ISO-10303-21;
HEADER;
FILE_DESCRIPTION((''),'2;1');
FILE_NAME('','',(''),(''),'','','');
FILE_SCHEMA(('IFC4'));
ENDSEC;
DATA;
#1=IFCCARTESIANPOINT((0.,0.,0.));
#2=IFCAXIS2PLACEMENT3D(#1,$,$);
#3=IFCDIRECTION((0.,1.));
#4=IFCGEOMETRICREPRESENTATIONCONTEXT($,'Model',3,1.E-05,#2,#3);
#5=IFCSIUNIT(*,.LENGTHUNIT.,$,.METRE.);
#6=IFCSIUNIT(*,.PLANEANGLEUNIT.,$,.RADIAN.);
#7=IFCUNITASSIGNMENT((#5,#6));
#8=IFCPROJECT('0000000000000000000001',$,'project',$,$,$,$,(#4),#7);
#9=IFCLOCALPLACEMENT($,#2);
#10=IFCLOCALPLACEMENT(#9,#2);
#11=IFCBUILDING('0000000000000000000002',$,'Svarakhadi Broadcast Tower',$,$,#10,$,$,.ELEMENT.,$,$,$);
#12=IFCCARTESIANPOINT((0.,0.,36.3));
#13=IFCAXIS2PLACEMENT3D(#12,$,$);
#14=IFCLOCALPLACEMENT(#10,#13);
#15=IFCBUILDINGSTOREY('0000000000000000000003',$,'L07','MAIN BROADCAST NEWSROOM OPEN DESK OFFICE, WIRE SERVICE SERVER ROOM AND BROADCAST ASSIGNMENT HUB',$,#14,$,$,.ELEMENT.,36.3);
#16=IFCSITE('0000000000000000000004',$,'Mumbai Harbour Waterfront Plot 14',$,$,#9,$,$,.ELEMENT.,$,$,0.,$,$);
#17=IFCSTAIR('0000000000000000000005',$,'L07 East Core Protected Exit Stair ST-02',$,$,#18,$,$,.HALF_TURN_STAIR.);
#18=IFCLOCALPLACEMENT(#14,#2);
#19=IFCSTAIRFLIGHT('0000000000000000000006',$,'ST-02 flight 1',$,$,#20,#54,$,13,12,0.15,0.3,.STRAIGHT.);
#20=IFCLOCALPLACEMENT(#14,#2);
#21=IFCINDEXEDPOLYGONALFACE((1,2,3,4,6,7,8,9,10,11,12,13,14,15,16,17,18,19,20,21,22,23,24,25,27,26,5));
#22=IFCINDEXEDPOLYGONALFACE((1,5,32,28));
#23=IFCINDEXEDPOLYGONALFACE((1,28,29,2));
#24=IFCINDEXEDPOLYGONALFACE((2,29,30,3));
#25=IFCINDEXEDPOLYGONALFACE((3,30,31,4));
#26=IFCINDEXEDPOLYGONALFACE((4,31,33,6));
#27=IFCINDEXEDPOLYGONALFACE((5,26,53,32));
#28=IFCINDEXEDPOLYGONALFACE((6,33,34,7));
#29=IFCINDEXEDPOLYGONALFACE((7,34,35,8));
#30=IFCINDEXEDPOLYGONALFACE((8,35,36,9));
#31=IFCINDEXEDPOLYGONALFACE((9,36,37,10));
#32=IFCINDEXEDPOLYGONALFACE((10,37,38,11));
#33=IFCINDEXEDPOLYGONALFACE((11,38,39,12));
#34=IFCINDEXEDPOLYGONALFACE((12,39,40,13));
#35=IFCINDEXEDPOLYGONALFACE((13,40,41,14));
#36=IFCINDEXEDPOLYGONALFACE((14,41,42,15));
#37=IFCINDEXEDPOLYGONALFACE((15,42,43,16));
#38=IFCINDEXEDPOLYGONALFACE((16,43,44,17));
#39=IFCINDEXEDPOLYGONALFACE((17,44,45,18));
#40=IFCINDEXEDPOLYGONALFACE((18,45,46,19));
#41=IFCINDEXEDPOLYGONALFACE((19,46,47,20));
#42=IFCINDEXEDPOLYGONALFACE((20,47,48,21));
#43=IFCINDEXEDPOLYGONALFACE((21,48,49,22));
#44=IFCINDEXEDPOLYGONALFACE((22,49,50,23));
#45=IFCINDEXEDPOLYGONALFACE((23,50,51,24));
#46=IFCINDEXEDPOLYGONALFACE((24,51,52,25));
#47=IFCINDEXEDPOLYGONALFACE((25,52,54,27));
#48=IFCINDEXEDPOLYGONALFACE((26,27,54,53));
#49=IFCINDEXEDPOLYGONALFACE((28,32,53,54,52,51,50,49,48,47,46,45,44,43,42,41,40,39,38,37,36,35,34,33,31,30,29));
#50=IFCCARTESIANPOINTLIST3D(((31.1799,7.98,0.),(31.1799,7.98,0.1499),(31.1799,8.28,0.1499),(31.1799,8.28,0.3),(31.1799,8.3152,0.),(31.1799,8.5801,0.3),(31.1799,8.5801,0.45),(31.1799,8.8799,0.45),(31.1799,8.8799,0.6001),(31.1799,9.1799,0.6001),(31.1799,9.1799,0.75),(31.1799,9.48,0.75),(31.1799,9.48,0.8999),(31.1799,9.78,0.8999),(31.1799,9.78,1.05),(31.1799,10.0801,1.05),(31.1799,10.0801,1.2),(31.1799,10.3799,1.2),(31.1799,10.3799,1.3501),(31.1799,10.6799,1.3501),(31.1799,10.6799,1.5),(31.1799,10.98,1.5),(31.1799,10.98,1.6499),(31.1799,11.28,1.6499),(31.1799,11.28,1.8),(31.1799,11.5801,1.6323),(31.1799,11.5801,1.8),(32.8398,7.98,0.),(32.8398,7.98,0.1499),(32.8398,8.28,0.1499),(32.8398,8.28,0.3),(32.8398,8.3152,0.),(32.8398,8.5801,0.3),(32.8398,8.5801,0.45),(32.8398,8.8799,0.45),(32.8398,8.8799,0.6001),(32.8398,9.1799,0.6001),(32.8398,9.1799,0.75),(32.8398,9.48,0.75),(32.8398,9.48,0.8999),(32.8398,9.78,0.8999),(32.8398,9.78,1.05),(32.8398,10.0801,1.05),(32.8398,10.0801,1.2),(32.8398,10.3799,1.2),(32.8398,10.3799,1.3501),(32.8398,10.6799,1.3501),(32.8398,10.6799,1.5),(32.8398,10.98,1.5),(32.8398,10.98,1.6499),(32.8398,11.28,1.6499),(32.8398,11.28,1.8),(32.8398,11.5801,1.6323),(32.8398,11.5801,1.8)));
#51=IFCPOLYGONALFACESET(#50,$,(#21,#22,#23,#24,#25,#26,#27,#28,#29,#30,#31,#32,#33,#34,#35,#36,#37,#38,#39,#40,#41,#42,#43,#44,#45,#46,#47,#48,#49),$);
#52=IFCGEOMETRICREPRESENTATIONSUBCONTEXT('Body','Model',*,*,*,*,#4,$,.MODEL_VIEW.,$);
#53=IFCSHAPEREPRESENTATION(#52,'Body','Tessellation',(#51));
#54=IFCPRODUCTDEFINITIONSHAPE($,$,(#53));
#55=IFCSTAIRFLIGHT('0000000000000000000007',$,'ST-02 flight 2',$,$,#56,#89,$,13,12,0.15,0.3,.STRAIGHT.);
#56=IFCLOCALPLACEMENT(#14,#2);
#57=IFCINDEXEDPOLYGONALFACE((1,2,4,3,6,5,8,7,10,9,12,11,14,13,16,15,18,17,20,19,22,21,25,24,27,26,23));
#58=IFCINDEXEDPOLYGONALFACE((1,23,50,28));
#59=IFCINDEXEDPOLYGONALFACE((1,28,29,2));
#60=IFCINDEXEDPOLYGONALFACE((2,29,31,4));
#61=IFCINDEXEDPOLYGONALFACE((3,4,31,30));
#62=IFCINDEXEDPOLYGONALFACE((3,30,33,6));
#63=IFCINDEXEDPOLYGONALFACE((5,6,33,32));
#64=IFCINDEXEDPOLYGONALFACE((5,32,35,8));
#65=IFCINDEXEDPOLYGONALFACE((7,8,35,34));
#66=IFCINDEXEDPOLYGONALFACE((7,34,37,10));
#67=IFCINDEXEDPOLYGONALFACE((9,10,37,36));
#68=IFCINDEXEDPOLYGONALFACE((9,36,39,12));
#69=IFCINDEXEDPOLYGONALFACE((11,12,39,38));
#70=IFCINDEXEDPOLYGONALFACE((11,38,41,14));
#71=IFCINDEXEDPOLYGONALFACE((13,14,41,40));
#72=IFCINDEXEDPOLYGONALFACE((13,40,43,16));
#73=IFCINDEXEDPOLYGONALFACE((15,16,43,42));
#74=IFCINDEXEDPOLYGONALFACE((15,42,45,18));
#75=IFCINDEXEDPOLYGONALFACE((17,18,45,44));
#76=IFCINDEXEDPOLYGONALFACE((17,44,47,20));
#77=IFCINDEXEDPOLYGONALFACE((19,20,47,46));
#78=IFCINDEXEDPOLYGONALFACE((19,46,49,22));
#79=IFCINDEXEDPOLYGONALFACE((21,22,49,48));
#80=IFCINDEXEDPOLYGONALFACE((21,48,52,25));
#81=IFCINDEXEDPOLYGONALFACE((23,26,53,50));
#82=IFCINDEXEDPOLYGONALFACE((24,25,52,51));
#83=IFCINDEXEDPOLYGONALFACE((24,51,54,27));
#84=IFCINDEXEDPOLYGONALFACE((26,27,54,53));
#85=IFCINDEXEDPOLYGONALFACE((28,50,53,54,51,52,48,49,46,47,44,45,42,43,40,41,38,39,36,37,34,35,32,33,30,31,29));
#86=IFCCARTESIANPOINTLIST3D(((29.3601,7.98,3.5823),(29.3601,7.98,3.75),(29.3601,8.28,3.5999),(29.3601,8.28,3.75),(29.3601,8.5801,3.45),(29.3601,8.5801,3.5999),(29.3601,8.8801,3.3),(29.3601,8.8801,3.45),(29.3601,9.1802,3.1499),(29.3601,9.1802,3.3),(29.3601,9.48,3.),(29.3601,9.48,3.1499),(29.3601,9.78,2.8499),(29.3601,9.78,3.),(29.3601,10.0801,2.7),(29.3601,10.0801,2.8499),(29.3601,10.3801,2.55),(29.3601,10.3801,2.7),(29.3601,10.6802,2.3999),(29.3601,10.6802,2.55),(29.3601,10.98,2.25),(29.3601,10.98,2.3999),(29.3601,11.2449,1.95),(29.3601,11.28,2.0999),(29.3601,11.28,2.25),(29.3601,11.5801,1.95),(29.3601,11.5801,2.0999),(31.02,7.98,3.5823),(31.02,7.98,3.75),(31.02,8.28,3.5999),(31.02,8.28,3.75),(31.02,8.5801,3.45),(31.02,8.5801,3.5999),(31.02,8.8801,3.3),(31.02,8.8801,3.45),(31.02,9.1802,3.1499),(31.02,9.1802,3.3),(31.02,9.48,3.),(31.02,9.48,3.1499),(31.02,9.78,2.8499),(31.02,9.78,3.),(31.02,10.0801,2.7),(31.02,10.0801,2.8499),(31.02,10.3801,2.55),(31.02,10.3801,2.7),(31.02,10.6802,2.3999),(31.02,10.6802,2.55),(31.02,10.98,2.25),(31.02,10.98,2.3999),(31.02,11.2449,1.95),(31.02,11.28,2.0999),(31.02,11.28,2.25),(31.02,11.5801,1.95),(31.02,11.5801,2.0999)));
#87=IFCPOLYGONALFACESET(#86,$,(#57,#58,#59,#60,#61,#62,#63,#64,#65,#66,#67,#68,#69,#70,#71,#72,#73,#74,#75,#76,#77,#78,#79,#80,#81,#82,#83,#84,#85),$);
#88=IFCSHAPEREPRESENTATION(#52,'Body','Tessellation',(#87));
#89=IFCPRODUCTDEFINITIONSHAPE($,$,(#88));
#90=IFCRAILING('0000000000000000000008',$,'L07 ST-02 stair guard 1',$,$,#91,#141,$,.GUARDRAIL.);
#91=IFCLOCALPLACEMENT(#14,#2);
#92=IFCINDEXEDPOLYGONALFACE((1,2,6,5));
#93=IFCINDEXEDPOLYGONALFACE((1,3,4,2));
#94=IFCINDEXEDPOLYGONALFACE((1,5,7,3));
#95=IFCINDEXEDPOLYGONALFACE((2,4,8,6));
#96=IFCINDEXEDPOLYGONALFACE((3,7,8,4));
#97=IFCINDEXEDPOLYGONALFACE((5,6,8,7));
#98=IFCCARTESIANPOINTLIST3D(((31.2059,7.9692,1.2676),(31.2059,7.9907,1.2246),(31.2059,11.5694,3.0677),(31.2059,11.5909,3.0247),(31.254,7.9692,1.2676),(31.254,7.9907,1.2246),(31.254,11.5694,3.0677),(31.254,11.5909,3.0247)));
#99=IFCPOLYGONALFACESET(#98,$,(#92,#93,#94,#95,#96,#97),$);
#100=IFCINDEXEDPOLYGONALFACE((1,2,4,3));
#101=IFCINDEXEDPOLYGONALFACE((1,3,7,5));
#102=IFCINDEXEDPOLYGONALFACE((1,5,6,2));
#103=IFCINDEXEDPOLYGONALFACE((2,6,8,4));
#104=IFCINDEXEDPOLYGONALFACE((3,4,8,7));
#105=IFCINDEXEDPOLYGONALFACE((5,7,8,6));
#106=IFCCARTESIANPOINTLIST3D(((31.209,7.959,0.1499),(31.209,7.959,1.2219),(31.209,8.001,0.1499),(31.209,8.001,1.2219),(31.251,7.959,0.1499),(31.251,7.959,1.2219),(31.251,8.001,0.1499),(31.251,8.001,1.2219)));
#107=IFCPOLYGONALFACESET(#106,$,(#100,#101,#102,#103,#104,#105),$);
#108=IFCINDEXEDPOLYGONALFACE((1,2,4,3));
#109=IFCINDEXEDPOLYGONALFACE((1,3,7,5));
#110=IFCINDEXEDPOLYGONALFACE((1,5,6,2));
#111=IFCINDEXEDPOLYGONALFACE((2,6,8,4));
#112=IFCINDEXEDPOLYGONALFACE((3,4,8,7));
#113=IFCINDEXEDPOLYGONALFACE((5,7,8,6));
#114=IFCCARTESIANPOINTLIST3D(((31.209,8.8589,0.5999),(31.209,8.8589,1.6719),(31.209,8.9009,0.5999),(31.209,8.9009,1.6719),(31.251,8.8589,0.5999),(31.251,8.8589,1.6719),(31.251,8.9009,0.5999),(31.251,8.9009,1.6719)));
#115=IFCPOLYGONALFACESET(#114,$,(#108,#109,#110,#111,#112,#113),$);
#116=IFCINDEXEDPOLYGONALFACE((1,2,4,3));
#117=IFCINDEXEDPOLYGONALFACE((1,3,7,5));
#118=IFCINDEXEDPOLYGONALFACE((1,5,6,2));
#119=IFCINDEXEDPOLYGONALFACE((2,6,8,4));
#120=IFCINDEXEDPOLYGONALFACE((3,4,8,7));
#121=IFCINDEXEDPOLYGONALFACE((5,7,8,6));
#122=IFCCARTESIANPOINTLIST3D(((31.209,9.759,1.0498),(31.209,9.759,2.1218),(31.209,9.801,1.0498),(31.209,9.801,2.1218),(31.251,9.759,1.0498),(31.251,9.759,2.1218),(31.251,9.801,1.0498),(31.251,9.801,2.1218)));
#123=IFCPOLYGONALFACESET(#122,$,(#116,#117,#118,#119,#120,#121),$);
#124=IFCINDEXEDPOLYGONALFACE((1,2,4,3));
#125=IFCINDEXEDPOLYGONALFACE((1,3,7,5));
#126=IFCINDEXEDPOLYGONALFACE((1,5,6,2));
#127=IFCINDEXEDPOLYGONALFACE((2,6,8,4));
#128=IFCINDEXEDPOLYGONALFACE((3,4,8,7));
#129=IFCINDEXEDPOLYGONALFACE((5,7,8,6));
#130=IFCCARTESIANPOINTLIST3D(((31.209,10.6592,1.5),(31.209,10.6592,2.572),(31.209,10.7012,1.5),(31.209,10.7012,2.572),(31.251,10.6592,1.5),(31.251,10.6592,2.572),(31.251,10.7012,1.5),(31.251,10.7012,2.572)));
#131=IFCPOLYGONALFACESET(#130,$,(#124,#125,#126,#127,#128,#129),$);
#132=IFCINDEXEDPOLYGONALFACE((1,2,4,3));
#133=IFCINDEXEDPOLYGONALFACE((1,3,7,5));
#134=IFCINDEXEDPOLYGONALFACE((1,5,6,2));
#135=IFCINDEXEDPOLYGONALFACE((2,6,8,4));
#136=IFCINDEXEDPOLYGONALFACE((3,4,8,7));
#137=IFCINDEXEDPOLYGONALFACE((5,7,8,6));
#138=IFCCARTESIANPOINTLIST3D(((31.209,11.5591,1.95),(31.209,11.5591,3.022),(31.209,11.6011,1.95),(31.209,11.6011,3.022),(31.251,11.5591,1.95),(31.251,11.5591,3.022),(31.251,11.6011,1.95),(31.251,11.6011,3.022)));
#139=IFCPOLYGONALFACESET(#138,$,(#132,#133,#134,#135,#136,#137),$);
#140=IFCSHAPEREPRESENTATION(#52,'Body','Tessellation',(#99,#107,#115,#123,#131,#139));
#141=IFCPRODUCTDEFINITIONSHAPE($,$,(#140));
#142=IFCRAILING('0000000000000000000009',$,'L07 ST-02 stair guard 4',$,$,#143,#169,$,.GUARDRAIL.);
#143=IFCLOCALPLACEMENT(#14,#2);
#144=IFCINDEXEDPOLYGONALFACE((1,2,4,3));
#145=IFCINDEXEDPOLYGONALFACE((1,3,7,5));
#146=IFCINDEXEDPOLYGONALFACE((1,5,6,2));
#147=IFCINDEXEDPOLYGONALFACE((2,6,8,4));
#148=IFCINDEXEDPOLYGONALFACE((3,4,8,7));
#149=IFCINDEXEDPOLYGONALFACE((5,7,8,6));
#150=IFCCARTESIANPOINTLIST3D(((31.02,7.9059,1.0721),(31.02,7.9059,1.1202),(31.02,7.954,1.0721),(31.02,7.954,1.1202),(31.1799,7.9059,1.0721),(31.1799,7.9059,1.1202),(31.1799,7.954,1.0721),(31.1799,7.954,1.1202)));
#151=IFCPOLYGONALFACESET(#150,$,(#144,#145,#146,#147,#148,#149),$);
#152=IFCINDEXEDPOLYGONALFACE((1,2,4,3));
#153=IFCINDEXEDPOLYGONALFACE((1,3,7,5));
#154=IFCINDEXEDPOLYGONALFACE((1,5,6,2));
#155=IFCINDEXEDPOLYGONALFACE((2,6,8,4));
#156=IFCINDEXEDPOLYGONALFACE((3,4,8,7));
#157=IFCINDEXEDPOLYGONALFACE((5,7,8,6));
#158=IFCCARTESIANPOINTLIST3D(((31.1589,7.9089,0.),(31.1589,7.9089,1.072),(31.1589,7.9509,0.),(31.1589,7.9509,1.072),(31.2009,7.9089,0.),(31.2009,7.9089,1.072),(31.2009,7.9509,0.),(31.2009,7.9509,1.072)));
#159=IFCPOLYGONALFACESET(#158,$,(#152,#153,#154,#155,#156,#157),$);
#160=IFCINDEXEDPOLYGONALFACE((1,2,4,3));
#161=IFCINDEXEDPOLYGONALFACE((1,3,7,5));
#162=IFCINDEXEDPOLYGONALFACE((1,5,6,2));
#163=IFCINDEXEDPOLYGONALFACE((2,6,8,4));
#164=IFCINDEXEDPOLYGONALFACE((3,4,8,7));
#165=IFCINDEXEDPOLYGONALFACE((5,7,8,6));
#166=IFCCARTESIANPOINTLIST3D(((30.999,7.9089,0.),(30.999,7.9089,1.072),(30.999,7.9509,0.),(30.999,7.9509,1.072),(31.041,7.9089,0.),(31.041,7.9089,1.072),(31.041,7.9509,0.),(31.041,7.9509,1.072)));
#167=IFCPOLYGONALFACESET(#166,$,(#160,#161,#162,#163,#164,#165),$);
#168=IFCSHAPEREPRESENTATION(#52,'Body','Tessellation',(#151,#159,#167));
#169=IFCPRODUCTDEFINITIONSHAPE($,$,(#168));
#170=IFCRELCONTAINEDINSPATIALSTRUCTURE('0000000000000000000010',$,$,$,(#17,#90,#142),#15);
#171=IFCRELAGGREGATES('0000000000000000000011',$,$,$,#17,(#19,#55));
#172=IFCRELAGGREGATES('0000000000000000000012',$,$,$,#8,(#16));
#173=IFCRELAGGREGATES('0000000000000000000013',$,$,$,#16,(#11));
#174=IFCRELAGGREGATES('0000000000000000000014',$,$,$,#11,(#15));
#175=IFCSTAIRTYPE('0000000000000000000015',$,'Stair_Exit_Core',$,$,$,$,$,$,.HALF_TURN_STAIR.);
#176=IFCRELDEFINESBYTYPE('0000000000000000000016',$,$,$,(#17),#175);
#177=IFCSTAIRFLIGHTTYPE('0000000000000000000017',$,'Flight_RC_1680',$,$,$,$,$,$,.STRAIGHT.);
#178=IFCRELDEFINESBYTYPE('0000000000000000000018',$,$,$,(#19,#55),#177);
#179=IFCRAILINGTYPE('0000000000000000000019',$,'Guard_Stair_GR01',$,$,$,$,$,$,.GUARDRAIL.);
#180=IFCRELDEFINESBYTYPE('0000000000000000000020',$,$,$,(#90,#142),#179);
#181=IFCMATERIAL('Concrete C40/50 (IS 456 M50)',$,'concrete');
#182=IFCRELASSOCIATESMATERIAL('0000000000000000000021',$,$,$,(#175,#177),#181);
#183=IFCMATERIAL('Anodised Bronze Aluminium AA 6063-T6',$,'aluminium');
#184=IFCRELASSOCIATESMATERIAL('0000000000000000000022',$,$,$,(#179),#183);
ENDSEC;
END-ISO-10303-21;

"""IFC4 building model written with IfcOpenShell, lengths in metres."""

from ifc_helpers import new_model, si_unit, direction, frame, origin, origin_2d, place, context, subcontext, project, spatial, polyline, rectangle, outline, extrude, material, type_object, element, aggregate, save


model = new_model("IFC4")

# Units and contexts
model_context = context("Model", 3, precision=1e-05, world=origin(), true_north=direction((0.0, 1.0)))
body_context = subcontext(model_context, "Body", "Model", "MODEL_VIEW")
ifc_project = project(units=[si_unit("LENGTHUNIT", "METRE"), si_unit("PLANEANGLEUNIT", "RADIAN")], contexts=[model_context])

# Site, building, storey
site_placement = place(None, origin())
site = spatial("IfcSite", under=ifc_project, at=site_placement, Name="Mumbai Harbour Waterfront Plot 14", CompositionType="ELEMENT", RefElevation=0.0)
building_placement = place(site_placement, origin())
building = spatial("IfcBuilding", under=site, at=building_placement, Name="Svarakhadi Broadcast Tower", CompositionType="ELEMENT")
storey_placement = place(building_placement, frame((0.0, 0.0, 36.3)))
storey = spatial("IfcBuildingStorey", under=building, at=storey_placement, Name="L07", Description="MAIN BROADCAST NEWSROOM OPEN DESK OFFICE, WIRE SERVICE SERVER ROOM AND BROADCAST ASSIGNMENT HUB", CompositionType="ELEMENT", Elevation=36.3)

# Shared definitions
ifc_material_1 = material(Name="Anodised Bronze Aluminium AA 6063-T6", Category="aluminium")

# Shared definitions
ifc_material_2 = material(Name="Concrete C40/50 (IS 456 M50)", Category="concrete")

# Stair, stair flights
stair_type = type_object("IfcStairType", Name="Stair_Exit_Core", PredefinedType="HALF_TURN_STAIR", material=ifc_material_2)
stair_placement = place(storey_placement, origin())
stair = element("IfcStair", 1, at=stair_placement, inside=storey, type_object=stair_type, Name="L07 East Core Protected Exit Stair ST-02", PredefinedType="HALF_TURN_STAIR")
stair_flight_type = type_object("IfcStairFlightType", Name="Flight_RC_1680", PredefinedType="STRAIGHT", material=ifc_material_2)
stair_flight_1_placement = place(storey_placement, frame((32.01, 7.98, 0.0), z_axis=(0.0, 0.0, 1.0), x_axis=(0.0, 1.0, 0.0)))
stair_flight_1 = element("IfcStairFlight", 2, at=stair_flight_1_placement, type_object=stair_flight_type, Name="ST-02 flight 1", NumberOfRisers=13, NumberOfTreads=12, PredefinedType="STRAIGHT", RiserHeight=0.15, TreadLength=0.3, context=body_context, shape_type="SweptSolid", body=[
    extrude(outline(polyline([(0.0, 0.0), (0.0, 0.1499), (0.3, 0.1499), (0.3, 0.3), (0.6001, 0.3), (0.6001, 0.45), (0.8999, 0.45), (0.8999, 0.6001), (1.2, 0.6001), (1.2, 0.75), (1.5, 0.75), (1.5, 0.8999), (1.8, 0.8999), (1.8, 1.05), (2.1001, 1.05), (2.1001, 1.2), (2.3999, 1.2), (2.3999, 1.3501), (2.7, 1.3501), (2.7, 1.5), (3.0, 1.5), (3.0, 1.6499), (3.3, 1.6499), (3.3, 1.8), (3.6001, 1.8), (3.6001, 1.95), (3.6001, 1.6323), (0.3352, 0.0), (0.0, 0.0)])), frame((0.0, 0.8301, 0.0), z_axis=(0.0, -1.0, 0.0), x_axis=(1.0, 0.0, 0.0)), (0.0, 0.0, 1.0), 1.6599),
])
stair_flight_2_placement = place(storey_placement, frame((30.1899, 11.5801, 1.95), z_axis=(0.0, 0.0, 1.0), x_axis=(0.0, -1.0, 0.0)))
stair_flight_2 = element("IfcStairFlight", 3, at=stair_flight_2_placement, type_object=stair_flight_type, Name="ST-02 flight 2", NumberOfRisers=13, NumberOfTreads=12, PredefinedType="STRAIGHT", RiserHeight=0.15, TreadLength=0.3, context=body_context, shape_type="SweptSolid", body=[
    extrude(outline(polyline([(0.0, 0.0), (0.0, 0.1499), (0.3, 0.1499), (0.3, 0.3), (0.6001, 0.3), (0.6001, 0.45), (0.8999, 0.45), (0.8999, 0.6001), (1.2, 0.6001), (1.2, 0.75), (1.5, 0.75), (1.5, 0.8999), (1.8, 0.8999), (1.8, 1.05), (2.1001, 1.05), (2.1001, 1.2), (2.3999, 1.2), (2.3999, 1.3501), (2.7, 1.3501), (2.7, 1.5), (3.0, 1.5), (3.0, 1.6499), (3.3, 1.6499), (3.3, 1.8), (3.6001, 1.8), (3.6001, 1.95), (3.6001, 1.6323), (0.3352, 0.0), (0.0, 0.0)])), frame((0.0, 0.8301, 0.0), z_axis=(0.0, -1.0, 0.0), x_axis=(1.0, 0.0, 0.0)), (0.0, 0.0, 1.0), 1.6599),
])
aggregate(stair, [stair_flight_1, stair_flight_2])

# Railings
railing_type_1 = type_object("IfcRailingType", Name="Guard_Stair_GR01", PredefinedType="GUARDRAIL", material=ifc_material_1)
railing_1_placement = place(storey_placement, frame((31.23, 7.98, 0.1499)))
element("IfcRailing", 4, at=railing_1_placement, inside=storey, type_object=railing_type_1, Name="L07 ST-02 stair guard 1", PredefinedType="GUARDRAIL", context=body_context, shape_type="SweptSolid", body=[
    extrude(rectangle(XDim=0.0481, YDim=0.0481, at=origin_2d()), frame((0.0, 0.0, 1.0962), z_axis=(0.0, 0.894427, 0.447214), x_axis=(-1.0, 0.0, 0.0)), (0.0, 0.0, 1.0), 4.0251),
    extrude(rectangle(XDim=0.042, YDim=0.042, at=origin_2d()), origin(), (0.0, 0.0, 1.0), 1.072),
    extrude(rectangle(XDim=0.042, YDim=0.042, at=origin_2d()), frame((0.0, 0.8999, 0.45)), (0.0, 0.0, 1.0), 1.072),
    extrude(rectangle(XDim=0.042, YDim=0.042, at=origin_2d()), frame((0.0, 1.8, 0.8999)), (0.0, 0.0, 1.0), 1.072),
    extrude(rectangle(XDim=0.042, YDim=0.042, at=origin_2d()), frame((0.0, 2.7002, 1.3501)), (0.0, 0.0, 1.0), 1.072),
    extrude(rectangle(XDim=0.042, YDim=0.042, at=origin_2d()), frame((0.0, 3.6001, 1.8)), (0.0, 0.0, 1.0), 1.072),
])
railing_2_placement = place(storey_placement, frame((31.1799, 7.9299, 0.0)))
element("IfcRailing", 5, at=railing_2_placement, inside=storey, type_object=railing_type_1, Name="L07 ST-02 stair guard 4", PredefinedType="GUARDRAIL", context=body_context, shape_type="SweptSolid", body=[
    extrude(rectangle(XDim=0.0481, YDim=0.0481, at=origin_2d()), frame((0.0, 0.0, 1.0962), z_axis=(-1.0, 0.0, 0.0), x_axis=(0.0, -1.0, 0.0)), (0.0, 0.0, 1.0), 0.1599),
    extrude(rectangle(XDim=0.042, YDim=0.042, at=origin_2d()), origin(), (0.0, 0.0, 1.0), 1.072),
    extrude(rectangle(XDim=0.042, YDim=0.042, at=origin_2d()), frame((-0.1599, 0.0, 0.0)), (0.0, 0.0, 1.0), 1.072),
])

save(model, "model.ifc")
